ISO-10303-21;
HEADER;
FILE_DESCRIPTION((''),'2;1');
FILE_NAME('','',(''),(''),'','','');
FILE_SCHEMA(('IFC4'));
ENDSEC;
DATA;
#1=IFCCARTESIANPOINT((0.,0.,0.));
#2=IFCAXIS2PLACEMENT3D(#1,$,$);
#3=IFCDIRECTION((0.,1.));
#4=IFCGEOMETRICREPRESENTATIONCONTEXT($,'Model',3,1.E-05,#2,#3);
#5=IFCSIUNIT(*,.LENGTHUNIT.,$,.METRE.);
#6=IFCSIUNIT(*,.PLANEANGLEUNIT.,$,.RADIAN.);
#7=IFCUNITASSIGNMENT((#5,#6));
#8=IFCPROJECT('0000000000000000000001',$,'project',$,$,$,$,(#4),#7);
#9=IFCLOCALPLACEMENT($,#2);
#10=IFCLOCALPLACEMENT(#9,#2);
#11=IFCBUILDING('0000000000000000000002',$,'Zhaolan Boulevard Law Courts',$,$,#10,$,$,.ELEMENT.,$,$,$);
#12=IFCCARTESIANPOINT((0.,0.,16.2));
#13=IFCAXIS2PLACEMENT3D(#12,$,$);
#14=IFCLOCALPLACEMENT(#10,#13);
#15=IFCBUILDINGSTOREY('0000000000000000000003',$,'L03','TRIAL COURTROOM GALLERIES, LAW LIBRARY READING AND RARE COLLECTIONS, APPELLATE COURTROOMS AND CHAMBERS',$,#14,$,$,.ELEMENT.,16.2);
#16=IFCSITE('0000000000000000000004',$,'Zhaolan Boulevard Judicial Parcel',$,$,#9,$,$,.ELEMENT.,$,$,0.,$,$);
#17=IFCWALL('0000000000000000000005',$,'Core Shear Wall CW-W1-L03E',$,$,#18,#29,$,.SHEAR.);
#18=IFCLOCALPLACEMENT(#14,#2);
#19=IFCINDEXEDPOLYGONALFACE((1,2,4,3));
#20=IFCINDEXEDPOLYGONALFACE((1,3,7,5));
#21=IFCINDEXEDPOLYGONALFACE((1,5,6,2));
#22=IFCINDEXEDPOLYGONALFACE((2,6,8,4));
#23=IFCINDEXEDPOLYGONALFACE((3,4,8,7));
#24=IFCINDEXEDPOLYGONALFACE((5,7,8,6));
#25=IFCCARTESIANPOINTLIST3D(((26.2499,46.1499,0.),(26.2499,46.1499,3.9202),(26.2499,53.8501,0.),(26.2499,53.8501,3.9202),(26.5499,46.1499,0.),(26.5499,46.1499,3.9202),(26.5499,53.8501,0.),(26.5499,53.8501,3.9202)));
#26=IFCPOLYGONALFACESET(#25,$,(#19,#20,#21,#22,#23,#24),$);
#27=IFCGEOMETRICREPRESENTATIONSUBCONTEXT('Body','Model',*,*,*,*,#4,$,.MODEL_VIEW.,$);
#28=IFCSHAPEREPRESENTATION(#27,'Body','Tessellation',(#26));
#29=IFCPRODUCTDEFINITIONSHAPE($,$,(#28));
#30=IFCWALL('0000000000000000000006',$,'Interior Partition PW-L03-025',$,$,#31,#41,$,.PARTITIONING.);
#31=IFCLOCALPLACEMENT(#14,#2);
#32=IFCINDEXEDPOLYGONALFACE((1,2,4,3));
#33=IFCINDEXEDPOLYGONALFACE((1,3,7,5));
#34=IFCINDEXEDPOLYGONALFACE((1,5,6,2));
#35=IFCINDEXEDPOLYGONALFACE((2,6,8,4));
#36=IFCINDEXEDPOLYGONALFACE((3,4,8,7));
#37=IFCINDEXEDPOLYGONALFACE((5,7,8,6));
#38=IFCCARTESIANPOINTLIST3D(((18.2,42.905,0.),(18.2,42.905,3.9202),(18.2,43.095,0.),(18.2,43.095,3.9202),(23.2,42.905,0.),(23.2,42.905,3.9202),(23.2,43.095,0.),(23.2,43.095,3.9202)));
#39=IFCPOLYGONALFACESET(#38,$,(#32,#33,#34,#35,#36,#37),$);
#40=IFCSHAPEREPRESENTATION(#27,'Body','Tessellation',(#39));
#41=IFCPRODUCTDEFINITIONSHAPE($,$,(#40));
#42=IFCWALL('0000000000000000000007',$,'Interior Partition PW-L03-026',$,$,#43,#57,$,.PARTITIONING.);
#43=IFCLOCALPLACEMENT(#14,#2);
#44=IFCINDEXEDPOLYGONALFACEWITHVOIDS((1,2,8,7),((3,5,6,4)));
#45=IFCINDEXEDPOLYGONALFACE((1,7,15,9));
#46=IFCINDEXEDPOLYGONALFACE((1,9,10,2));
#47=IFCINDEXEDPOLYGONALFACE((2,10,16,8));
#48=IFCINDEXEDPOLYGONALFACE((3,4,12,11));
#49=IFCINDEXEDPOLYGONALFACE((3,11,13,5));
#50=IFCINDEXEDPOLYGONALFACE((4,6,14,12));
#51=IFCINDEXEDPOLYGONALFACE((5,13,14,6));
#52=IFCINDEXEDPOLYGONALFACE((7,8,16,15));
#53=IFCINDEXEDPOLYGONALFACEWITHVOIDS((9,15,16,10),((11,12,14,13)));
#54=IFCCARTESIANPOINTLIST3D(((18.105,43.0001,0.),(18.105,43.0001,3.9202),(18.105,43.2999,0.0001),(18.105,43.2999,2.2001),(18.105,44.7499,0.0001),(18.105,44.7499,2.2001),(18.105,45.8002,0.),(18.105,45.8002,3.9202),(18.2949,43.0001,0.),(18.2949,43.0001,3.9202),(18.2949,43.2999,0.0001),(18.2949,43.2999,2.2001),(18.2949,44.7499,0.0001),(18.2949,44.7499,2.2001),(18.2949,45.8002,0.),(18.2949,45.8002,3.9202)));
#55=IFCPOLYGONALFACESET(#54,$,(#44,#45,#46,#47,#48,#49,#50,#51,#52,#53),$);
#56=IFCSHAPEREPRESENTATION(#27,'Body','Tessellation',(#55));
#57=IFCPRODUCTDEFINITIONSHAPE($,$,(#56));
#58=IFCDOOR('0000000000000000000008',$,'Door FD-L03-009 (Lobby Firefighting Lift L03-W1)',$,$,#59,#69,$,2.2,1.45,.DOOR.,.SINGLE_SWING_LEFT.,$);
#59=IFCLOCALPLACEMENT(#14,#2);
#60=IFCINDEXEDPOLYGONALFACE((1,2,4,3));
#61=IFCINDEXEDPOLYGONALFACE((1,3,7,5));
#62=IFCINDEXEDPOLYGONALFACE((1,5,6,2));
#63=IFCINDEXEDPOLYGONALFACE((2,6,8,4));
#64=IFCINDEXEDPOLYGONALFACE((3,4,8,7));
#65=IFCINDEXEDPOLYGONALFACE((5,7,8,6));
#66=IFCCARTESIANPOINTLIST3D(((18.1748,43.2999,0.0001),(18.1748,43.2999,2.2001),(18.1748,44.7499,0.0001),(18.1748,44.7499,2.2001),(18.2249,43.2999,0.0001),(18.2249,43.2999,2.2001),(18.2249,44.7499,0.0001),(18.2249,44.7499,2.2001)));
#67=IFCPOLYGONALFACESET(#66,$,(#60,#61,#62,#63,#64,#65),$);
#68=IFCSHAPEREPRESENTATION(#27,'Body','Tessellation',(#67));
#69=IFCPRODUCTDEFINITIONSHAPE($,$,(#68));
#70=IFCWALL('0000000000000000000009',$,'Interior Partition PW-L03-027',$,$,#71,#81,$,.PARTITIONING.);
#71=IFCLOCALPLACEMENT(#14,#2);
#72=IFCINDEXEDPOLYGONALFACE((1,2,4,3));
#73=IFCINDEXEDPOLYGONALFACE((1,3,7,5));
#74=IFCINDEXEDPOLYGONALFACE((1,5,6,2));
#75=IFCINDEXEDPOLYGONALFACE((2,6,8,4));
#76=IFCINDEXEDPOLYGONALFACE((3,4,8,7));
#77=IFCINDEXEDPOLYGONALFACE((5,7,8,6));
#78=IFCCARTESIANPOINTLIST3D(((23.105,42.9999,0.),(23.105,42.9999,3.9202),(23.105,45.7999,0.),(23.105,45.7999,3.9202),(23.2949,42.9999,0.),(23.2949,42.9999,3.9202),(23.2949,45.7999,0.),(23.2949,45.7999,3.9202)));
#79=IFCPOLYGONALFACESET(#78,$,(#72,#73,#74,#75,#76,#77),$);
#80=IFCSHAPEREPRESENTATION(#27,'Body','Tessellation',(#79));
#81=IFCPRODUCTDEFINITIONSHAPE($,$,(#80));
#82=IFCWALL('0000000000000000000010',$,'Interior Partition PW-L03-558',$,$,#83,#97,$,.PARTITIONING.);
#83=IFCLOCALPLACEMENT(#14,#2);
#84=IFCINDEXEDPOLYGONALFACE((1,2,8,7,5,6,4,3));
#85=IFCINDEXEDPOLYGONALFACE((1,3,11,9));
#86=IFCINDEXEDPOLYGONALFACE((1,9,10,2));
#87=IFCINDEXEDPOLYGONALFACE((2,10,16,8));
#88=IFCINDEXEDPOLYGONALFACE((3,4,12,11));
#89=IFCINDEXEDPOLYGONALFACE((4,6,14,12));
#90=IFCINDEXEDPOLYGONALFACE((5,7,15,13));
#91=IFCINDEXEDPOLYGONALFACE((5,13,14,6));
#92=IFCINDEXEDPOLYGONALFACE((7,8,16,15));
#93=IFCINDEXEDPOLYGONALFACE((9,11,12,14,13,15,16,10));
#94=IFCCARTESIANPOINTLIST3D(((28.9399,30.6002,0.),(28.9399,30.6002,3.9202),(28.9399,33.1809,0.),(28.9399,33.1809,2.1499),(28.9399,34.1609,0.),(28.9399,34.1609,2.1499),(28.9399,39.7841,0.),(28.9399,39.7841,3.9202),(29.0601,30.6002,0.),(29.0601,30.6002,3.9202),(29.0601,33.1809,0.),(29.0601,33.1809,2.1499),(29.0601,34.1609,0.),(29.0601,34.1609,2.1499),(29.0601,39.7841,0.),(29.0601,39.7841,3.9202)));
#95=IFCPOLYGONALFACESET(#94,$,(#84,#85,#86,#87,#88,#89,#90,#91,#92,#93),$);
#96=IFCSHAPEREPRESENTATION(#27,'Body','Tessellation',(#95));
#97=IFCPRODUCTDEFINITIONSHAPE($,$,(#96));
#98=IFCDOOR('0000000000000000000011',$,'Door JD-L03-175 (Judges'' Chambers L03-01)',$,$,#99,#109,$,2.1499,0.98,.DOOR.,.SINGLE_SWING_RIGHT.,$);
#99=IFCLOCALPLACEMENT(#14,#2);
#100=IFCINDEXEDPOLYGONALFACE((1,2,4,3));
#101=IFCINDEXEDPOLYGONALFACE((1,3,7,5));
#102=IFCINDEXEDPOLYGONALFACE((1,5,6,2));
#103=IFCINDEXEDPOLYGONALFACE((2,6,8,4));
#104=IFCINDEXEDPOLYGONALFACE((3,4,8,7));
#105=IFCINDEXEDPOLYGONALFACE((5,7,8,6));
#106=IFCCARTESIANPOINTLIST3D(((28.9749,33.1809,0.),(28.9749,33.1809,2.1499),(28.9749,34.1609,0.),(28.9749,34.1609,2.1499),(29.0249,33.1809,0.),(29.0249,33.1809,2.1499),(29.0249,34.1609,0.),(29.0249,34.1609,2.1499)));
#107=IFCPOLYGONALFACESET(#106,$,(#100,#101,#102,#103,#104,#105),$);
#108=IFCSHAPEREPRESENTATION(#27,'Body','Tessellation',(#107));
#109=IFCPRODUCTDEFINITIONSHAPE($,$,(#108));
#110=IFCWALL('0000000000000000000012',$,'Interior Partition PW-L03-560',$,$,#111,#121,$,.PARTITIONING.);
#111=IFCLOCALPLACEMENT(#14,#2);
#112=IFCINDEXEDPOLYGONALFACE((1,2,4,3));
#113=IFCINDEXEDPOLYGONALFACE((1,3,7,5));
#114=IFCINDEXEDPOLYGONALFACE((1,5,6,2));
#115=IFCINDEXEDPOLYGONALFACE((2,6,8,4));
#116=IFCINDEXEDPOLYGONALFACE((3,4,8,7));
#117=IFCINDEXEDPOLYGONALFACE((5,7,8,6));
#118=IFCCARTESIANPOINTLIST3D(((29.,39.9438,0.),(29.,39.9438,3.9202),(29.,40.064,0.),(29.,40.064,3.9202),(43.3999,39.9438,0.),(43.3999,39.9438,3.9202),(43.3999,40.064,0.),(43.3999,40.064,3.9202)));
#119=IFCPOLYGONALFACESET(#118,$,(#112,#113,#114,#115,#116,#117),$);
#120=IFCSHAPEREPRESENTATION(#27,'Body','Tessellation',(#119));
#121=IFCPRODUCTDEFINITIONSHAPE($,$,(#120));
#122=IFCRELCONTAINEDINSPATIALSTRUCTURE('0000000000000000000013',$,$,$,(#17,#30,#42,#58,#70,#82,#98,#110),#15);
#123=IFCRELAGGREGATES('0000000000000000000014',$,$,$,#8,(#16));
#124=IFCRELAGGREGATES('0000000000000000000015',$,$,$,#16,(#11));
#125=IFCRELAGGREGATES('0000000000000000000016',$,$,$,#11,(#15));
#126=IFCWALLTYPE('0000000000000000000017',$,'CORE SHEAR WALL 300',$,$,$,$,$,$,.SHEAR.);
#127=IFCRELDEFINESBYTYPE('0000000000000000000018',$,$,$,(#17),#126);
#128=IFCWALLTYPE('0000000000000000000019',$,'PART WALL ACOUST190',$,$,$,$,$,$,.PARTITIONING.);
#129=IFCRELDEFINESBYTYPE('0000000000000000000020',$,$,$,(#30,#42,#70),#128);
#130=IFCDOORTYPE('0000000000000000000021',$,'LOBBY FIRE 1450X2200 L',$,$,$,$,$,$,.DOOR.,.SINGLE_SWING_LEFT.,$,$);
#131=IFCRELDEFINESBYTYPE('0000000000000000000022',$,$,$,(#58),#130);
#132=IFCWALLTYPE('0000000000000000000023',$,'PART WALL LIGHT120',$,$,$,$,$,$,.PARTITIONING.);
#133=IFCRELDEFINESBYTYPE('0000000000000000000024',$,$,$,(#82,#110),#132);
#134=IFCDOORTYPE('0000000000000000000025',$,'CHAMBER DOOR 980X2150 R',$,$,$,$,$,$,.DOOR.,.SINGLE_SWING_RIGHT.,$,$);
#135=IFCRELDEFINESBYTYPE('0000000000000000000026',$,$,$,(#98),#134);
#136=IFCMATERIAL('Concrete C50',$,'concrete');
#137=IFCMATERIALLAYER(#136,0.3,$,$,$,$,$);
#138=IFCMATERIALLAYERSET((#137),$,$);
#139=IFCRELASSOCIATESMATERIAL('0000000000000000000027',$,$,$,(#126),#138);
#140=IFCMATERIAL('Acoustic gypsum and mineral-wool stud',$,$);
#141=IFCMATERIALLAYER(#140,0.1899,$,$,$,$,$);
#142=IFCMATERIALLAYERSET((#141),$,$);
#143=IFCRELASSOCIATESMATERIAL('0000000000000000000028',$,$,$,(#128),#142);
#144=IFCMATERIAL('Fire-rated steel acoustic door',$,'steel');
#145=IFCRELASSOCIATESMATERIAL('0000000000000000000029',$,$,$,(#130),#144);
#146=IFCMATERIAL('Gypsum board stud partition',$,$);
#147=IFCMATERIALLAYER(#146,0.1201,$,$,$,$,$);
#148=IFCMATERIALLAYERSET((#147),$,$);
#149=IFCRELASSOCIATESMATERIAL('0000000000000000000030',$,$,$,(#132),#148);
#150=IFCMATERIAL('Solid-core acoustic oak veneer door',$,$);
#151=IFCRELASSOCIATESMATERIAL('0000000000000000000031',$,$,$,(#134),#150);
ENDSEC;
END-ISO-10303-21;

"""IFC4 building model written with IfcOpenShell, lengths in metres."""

from ifc_helpers import new_model, si_unit, direction, frame, frame_2d, origin, place, context, subcontext, project, spatial, rectangle, extrude, material, layer, layer_set, type_object, element, fill, save


model = new_model("IFC4")

# Units and contexts
model_context = context("Model", 3, precision=1e-05, world=origin(), true_north=direction((0.0, 1.0)))
body_context = subcontext(model_context, "Body", "Model", "MODEL_VIEW")
ifc_project = project(units=[si_unit("LENGTHUNIT", "METRE"), si_unit("PLANEANGLEUNIT", "RADIAN")], contexts=[model_context])

# Site, building, storey
site_placement = place(None, origin())
site = spatial("IfcSite", under=ifc_project, at=site_placement, Name="Zhaolan Boulevard Judicial Parcel", CompositionType="ELEMENT", RefElevation=0.0)
building_placement = place(site_placement, origin())
building = spatial("IfcBuilding", under=site, at=building_placement, Name="Zhaolan Boulevard Law Courts", CompositionType="ELEMENT")
storey_placement = place(building_placement, frame((0.0, 0.0, 16.2)))
storey = spatial("IfcBuildingStorey", under=building, at=storey_placement, Name="L03", Description="TRIAL COURTROOM GALLERIES, LAW LIBRARY READING AND RARE COLLECTIONS, APPELLATE COURTROOMS AND CHAMBERS", CompositionType="ELEMENT", Elevation=16.2)

# Walls
ifc_material_1 = material(Name="Concrete C50", Category="concrete")
ifc_layer_1 = layer(ifc_material_1, 0.3)
ifc_layer_set_1 = layer_set([ifc_layer_1])
wall_type_1 = type_object("IfcWallType", Name="CORE SHEAR WALL 300", PredefinedType="SHEAR", material=ifc_layer_set_1)
wall_1_placement = place(storey_placement, frame((26.3999, 46.1499, 0.0), z_axis=(0.0, 0.0, 1.0), x_axis=(0.0, 1.0, 0.0)))
element("IfcWall", 1, at=wall_1_placement, inside=storey, type_object=wall_type_1, Name="Core Shear Wall CW-W1-L03E", PredefinedType="SHEAR", context=body_context, shape_type="SweptSolid", body=[
    extrude(rectangle(XDim=7.7002, YDim=0.3, at=frame_2d((3.8501, 0.0))), origin(), (0.0, 0.0, 1.0), 3.9202),
])
ifc_material_2 = material(Name="Acoustic gypsum and mineral-wool stud")
ifc_layer_2 = layer(ifc_material_2, 0.1899)
ifc_layer_set_2 = layer_set([ifc_layer_2])
wall_type_2 = type_object("IfcWallType", Name="PART WALL ACOUST190", PredefinedType="PARTITIONING", material=ifc_layer_set_2)
wall_2_placement = place(storey_placement, frame((18.2, 43.0, 0.0), z_axis=(0.0, 0.0, 1.0), x_axis=(1.0, 0.0, 0.0)))
element("IfcWall", 2, at=wall_2_placement, inside=storey, type_object=wall_type_2, Name="Interior Partition PW-L03-025", PredefinedType="PARTITIONING", context=body_context, shape_type="SweptSolid", body=[
    extrude(rectangle(XDim=5.0, YDim=0.1899, at=frame_2d((2.5, 0.0))), origin(), (0.0, 0.0, 1.0), 3.9202),
])

# Wall, opening, door
wall_3_placement = place(storey_placement, frame((18.2, 45.8, 0.0), z_axis=(0.0, 0.0, 1.0), x_axis=(0.0, -1.0, 0.0)))
wall_3 = element("IfcWall", 3, at=wall_3_placement, inside=storey, type_object=wall_type_2, Name="Interior Partition PW-L03-026", PredefinedType="PARTITIONING", context=body_context, shape_type="SweptSolid", body=[
    extrude(rectangle(XDim=2.8, YDim=0.1899, at=frame_2d((1.3999, 0.0))), origin(), (0.0, 0.0, 1.0), 3.9202),
])
opening_1_placement = place(wall_3_placement, frame((1.05, 0.0, 0.0)))
opening_1 = element("IfcOpeningElement", 4, at=opening_1_placement, cuts=wall_3, PredefinedType="OPENING", context=body_context, shape_type="SweptSolid", body=[
    extrude(rectangle(XDim=1.45, YDim=2.2, at=frame_2d((0.7251, 1.1001))), frame((0.0, 0.105, 0.0), z_axis=(0.0, -1.0, 0.0), x_axis=(1.0, 0.0, 0.0)), (0.0, 0.0, 1.0), 0.21),
])
ifc_material_3 = material(Name="Fire-rated steel acoustic door", Category="steel")
door_type_1 = type_object("IfcDoorType", Name="LOBBY FIRE 1450X2200 L", OperationType="SINGLE_SWING_LEFT", PredefinedType="DOOR", material=ifc_material_3)
door_1_placement = place(opening_1_placement, origin())
door_1 = element("IfcDoor", 5, at=door_1_placement, inside=storey, type_object=door_type_1, Name="Door FD-L03-009 (Lobby Firefighting Lift L03-W1)", OperationType="SINGLE_SWING_LEFT", OverallHeight=2.2, OverallWidth=1.45, PredefinedType="DOOR", context=body_context, shape_type="SweptSolid", body=[
    extrude(rectangle(XDim=1.45, YDim=2.2, at=frame_2d((0.7251, 1.1001))), frame((0.0, 0.0249, 0.0), z_axis=(0.0, -1.0, 0.0), x_axis=(1.0, 0.0, 0.0)), (0.0, 0.0, 1.0), 0.05),
])
fill(opening_1, door_1)

# Wall
wall_4_placement = place(storey_placement, frame((23.2, 43.0, 0.0), z_axis=(0.0, 0.0, 1.0), x_axis=(0.0, 1.0, 0.0)))
element("IfcWall", 6, at=wall_4_placement, inside=storey, type_object=wall_type_2, Name="Interior Partition PW-L03-027", PredefinedType="PARTITIONING", context=body_context, shape_type="SweptSolid", body=[
    extrude(rectangle(XDim=2.8, YDim=0.1899, at=frame_2d((1.3999, 0.0))), origin(), (0.0, 0.0, 1.0), 3.9202),
])

# Wall, opening, door
ifc_material_4 = material(Name="Gypsum board stud partition")
ifc_layer_3 = layer(ifc_material_4, 0.1201)
ifc_layer_set_3 = layer_set([ifc_layer_3])
wall_type_3 = type_object("IfcWallType", Name="PART WALL LIGHT120", PredefinedType="PARTITIONING", material=ifc_layer_set_3)
wall_5_placement = place(storey_placement, frame((29.0, 39.7839, 0.0), z_axis=(0.0, 0.0, 1.0), x_axis=(0.0, -1.0, 0.0)))
wall_5 = element("IfcWall", 7, at=wall_5_placement, inside=storey, type_object=wall_type_3, Name="Interior Partition PW-L03-558", PredefinedType="PARTITIONING", context=body_context, shape_type="SweptSolid", body=[
    extrude(rectangle(XDim=9.1838, YDim=0.1201, at=frame_2d((4.5918, 0.0))), origin(), (0.0, 0.0, 1.0), 3.9202),
])
opening_2_placement = place(wall_5_placement, frame((5.623, 0.0, 0.0)))
opening_2 = element("IfcOpeningElement", 8, at=opening_2_placement, cuts=wall_5, PredefinedType="OPENING", context=body_context, shape_type="SweptSolid", body=[
    extrude(rectangle(XDim=0.98, YDim=2.1499, at=frame_2d((0.49, 1.075))), frame((0.0, 0.0701, 0.0), z_axis=(0.0, -1.0, 0.0), x_axis=(1.0, 0.0, 0.0)), (0.0, 0.0, 1.0), 0.1401),
])
ifc_material_5 = material(Name="Solid-core acoustic oak veneer door")
door_type_2 = type_object("IfcDoorType", Name="CHAMBER DOOR 980X2150 R", OperationType="SINGLE_SWING_RIGHT", PredefinedType="DOOR", material=ifc_material_5)
door_2_placement = place(opening_2_placement, origin())
door_2 = element("IfcDoor", 9, at=door_2_placement, inside=storey, type_object=door_type_2, Name="Door JD-L03-175 (Judges' Chambers L03-01)", OperationType="SINGLE_SWING_RIGHT", OverallHeight=2.1499, OverallWidth=0.98, PredefinedType="DOOR", context=body_context, shape_type="SweptSolid", body=[
    extrude(rectangle(XDim=0.98, YDim=2.1499, at=frame_2d((0.49, 1.075))), frame((0.0, 0.0249, 0.0), z_axis=(0.0, -1.0, 0.0), x_axis=(1.0, 0.0, 0.0)), (0.0, 0.0, 1.0), 0.05),
])
fill(opening_2, door_2)

# Wall
wall_6_placement = place(storey_placement, frame((29.0, 40.0039, 0.0), z_axis=(0.0, 0.0, 1.0), x_axis=(1.0, 0.0, 0.0)))
element("IfcWall", 10, at=wall_6_placement, inside=storey, type_object=wall_type_3, Name="Interior Partition PW-L03-560", PredefinedType="PARTITIONING", context=body_context, shape_type="SweptSolid", body=[
    extrude(rectangle(XDim=14.3999, YDim=0.1201, at=frame_2d((7.2, 0.0))), origin(), (0.0, 0.0, 1.0), 3.9202),
])

save(model, "model.ifc")
